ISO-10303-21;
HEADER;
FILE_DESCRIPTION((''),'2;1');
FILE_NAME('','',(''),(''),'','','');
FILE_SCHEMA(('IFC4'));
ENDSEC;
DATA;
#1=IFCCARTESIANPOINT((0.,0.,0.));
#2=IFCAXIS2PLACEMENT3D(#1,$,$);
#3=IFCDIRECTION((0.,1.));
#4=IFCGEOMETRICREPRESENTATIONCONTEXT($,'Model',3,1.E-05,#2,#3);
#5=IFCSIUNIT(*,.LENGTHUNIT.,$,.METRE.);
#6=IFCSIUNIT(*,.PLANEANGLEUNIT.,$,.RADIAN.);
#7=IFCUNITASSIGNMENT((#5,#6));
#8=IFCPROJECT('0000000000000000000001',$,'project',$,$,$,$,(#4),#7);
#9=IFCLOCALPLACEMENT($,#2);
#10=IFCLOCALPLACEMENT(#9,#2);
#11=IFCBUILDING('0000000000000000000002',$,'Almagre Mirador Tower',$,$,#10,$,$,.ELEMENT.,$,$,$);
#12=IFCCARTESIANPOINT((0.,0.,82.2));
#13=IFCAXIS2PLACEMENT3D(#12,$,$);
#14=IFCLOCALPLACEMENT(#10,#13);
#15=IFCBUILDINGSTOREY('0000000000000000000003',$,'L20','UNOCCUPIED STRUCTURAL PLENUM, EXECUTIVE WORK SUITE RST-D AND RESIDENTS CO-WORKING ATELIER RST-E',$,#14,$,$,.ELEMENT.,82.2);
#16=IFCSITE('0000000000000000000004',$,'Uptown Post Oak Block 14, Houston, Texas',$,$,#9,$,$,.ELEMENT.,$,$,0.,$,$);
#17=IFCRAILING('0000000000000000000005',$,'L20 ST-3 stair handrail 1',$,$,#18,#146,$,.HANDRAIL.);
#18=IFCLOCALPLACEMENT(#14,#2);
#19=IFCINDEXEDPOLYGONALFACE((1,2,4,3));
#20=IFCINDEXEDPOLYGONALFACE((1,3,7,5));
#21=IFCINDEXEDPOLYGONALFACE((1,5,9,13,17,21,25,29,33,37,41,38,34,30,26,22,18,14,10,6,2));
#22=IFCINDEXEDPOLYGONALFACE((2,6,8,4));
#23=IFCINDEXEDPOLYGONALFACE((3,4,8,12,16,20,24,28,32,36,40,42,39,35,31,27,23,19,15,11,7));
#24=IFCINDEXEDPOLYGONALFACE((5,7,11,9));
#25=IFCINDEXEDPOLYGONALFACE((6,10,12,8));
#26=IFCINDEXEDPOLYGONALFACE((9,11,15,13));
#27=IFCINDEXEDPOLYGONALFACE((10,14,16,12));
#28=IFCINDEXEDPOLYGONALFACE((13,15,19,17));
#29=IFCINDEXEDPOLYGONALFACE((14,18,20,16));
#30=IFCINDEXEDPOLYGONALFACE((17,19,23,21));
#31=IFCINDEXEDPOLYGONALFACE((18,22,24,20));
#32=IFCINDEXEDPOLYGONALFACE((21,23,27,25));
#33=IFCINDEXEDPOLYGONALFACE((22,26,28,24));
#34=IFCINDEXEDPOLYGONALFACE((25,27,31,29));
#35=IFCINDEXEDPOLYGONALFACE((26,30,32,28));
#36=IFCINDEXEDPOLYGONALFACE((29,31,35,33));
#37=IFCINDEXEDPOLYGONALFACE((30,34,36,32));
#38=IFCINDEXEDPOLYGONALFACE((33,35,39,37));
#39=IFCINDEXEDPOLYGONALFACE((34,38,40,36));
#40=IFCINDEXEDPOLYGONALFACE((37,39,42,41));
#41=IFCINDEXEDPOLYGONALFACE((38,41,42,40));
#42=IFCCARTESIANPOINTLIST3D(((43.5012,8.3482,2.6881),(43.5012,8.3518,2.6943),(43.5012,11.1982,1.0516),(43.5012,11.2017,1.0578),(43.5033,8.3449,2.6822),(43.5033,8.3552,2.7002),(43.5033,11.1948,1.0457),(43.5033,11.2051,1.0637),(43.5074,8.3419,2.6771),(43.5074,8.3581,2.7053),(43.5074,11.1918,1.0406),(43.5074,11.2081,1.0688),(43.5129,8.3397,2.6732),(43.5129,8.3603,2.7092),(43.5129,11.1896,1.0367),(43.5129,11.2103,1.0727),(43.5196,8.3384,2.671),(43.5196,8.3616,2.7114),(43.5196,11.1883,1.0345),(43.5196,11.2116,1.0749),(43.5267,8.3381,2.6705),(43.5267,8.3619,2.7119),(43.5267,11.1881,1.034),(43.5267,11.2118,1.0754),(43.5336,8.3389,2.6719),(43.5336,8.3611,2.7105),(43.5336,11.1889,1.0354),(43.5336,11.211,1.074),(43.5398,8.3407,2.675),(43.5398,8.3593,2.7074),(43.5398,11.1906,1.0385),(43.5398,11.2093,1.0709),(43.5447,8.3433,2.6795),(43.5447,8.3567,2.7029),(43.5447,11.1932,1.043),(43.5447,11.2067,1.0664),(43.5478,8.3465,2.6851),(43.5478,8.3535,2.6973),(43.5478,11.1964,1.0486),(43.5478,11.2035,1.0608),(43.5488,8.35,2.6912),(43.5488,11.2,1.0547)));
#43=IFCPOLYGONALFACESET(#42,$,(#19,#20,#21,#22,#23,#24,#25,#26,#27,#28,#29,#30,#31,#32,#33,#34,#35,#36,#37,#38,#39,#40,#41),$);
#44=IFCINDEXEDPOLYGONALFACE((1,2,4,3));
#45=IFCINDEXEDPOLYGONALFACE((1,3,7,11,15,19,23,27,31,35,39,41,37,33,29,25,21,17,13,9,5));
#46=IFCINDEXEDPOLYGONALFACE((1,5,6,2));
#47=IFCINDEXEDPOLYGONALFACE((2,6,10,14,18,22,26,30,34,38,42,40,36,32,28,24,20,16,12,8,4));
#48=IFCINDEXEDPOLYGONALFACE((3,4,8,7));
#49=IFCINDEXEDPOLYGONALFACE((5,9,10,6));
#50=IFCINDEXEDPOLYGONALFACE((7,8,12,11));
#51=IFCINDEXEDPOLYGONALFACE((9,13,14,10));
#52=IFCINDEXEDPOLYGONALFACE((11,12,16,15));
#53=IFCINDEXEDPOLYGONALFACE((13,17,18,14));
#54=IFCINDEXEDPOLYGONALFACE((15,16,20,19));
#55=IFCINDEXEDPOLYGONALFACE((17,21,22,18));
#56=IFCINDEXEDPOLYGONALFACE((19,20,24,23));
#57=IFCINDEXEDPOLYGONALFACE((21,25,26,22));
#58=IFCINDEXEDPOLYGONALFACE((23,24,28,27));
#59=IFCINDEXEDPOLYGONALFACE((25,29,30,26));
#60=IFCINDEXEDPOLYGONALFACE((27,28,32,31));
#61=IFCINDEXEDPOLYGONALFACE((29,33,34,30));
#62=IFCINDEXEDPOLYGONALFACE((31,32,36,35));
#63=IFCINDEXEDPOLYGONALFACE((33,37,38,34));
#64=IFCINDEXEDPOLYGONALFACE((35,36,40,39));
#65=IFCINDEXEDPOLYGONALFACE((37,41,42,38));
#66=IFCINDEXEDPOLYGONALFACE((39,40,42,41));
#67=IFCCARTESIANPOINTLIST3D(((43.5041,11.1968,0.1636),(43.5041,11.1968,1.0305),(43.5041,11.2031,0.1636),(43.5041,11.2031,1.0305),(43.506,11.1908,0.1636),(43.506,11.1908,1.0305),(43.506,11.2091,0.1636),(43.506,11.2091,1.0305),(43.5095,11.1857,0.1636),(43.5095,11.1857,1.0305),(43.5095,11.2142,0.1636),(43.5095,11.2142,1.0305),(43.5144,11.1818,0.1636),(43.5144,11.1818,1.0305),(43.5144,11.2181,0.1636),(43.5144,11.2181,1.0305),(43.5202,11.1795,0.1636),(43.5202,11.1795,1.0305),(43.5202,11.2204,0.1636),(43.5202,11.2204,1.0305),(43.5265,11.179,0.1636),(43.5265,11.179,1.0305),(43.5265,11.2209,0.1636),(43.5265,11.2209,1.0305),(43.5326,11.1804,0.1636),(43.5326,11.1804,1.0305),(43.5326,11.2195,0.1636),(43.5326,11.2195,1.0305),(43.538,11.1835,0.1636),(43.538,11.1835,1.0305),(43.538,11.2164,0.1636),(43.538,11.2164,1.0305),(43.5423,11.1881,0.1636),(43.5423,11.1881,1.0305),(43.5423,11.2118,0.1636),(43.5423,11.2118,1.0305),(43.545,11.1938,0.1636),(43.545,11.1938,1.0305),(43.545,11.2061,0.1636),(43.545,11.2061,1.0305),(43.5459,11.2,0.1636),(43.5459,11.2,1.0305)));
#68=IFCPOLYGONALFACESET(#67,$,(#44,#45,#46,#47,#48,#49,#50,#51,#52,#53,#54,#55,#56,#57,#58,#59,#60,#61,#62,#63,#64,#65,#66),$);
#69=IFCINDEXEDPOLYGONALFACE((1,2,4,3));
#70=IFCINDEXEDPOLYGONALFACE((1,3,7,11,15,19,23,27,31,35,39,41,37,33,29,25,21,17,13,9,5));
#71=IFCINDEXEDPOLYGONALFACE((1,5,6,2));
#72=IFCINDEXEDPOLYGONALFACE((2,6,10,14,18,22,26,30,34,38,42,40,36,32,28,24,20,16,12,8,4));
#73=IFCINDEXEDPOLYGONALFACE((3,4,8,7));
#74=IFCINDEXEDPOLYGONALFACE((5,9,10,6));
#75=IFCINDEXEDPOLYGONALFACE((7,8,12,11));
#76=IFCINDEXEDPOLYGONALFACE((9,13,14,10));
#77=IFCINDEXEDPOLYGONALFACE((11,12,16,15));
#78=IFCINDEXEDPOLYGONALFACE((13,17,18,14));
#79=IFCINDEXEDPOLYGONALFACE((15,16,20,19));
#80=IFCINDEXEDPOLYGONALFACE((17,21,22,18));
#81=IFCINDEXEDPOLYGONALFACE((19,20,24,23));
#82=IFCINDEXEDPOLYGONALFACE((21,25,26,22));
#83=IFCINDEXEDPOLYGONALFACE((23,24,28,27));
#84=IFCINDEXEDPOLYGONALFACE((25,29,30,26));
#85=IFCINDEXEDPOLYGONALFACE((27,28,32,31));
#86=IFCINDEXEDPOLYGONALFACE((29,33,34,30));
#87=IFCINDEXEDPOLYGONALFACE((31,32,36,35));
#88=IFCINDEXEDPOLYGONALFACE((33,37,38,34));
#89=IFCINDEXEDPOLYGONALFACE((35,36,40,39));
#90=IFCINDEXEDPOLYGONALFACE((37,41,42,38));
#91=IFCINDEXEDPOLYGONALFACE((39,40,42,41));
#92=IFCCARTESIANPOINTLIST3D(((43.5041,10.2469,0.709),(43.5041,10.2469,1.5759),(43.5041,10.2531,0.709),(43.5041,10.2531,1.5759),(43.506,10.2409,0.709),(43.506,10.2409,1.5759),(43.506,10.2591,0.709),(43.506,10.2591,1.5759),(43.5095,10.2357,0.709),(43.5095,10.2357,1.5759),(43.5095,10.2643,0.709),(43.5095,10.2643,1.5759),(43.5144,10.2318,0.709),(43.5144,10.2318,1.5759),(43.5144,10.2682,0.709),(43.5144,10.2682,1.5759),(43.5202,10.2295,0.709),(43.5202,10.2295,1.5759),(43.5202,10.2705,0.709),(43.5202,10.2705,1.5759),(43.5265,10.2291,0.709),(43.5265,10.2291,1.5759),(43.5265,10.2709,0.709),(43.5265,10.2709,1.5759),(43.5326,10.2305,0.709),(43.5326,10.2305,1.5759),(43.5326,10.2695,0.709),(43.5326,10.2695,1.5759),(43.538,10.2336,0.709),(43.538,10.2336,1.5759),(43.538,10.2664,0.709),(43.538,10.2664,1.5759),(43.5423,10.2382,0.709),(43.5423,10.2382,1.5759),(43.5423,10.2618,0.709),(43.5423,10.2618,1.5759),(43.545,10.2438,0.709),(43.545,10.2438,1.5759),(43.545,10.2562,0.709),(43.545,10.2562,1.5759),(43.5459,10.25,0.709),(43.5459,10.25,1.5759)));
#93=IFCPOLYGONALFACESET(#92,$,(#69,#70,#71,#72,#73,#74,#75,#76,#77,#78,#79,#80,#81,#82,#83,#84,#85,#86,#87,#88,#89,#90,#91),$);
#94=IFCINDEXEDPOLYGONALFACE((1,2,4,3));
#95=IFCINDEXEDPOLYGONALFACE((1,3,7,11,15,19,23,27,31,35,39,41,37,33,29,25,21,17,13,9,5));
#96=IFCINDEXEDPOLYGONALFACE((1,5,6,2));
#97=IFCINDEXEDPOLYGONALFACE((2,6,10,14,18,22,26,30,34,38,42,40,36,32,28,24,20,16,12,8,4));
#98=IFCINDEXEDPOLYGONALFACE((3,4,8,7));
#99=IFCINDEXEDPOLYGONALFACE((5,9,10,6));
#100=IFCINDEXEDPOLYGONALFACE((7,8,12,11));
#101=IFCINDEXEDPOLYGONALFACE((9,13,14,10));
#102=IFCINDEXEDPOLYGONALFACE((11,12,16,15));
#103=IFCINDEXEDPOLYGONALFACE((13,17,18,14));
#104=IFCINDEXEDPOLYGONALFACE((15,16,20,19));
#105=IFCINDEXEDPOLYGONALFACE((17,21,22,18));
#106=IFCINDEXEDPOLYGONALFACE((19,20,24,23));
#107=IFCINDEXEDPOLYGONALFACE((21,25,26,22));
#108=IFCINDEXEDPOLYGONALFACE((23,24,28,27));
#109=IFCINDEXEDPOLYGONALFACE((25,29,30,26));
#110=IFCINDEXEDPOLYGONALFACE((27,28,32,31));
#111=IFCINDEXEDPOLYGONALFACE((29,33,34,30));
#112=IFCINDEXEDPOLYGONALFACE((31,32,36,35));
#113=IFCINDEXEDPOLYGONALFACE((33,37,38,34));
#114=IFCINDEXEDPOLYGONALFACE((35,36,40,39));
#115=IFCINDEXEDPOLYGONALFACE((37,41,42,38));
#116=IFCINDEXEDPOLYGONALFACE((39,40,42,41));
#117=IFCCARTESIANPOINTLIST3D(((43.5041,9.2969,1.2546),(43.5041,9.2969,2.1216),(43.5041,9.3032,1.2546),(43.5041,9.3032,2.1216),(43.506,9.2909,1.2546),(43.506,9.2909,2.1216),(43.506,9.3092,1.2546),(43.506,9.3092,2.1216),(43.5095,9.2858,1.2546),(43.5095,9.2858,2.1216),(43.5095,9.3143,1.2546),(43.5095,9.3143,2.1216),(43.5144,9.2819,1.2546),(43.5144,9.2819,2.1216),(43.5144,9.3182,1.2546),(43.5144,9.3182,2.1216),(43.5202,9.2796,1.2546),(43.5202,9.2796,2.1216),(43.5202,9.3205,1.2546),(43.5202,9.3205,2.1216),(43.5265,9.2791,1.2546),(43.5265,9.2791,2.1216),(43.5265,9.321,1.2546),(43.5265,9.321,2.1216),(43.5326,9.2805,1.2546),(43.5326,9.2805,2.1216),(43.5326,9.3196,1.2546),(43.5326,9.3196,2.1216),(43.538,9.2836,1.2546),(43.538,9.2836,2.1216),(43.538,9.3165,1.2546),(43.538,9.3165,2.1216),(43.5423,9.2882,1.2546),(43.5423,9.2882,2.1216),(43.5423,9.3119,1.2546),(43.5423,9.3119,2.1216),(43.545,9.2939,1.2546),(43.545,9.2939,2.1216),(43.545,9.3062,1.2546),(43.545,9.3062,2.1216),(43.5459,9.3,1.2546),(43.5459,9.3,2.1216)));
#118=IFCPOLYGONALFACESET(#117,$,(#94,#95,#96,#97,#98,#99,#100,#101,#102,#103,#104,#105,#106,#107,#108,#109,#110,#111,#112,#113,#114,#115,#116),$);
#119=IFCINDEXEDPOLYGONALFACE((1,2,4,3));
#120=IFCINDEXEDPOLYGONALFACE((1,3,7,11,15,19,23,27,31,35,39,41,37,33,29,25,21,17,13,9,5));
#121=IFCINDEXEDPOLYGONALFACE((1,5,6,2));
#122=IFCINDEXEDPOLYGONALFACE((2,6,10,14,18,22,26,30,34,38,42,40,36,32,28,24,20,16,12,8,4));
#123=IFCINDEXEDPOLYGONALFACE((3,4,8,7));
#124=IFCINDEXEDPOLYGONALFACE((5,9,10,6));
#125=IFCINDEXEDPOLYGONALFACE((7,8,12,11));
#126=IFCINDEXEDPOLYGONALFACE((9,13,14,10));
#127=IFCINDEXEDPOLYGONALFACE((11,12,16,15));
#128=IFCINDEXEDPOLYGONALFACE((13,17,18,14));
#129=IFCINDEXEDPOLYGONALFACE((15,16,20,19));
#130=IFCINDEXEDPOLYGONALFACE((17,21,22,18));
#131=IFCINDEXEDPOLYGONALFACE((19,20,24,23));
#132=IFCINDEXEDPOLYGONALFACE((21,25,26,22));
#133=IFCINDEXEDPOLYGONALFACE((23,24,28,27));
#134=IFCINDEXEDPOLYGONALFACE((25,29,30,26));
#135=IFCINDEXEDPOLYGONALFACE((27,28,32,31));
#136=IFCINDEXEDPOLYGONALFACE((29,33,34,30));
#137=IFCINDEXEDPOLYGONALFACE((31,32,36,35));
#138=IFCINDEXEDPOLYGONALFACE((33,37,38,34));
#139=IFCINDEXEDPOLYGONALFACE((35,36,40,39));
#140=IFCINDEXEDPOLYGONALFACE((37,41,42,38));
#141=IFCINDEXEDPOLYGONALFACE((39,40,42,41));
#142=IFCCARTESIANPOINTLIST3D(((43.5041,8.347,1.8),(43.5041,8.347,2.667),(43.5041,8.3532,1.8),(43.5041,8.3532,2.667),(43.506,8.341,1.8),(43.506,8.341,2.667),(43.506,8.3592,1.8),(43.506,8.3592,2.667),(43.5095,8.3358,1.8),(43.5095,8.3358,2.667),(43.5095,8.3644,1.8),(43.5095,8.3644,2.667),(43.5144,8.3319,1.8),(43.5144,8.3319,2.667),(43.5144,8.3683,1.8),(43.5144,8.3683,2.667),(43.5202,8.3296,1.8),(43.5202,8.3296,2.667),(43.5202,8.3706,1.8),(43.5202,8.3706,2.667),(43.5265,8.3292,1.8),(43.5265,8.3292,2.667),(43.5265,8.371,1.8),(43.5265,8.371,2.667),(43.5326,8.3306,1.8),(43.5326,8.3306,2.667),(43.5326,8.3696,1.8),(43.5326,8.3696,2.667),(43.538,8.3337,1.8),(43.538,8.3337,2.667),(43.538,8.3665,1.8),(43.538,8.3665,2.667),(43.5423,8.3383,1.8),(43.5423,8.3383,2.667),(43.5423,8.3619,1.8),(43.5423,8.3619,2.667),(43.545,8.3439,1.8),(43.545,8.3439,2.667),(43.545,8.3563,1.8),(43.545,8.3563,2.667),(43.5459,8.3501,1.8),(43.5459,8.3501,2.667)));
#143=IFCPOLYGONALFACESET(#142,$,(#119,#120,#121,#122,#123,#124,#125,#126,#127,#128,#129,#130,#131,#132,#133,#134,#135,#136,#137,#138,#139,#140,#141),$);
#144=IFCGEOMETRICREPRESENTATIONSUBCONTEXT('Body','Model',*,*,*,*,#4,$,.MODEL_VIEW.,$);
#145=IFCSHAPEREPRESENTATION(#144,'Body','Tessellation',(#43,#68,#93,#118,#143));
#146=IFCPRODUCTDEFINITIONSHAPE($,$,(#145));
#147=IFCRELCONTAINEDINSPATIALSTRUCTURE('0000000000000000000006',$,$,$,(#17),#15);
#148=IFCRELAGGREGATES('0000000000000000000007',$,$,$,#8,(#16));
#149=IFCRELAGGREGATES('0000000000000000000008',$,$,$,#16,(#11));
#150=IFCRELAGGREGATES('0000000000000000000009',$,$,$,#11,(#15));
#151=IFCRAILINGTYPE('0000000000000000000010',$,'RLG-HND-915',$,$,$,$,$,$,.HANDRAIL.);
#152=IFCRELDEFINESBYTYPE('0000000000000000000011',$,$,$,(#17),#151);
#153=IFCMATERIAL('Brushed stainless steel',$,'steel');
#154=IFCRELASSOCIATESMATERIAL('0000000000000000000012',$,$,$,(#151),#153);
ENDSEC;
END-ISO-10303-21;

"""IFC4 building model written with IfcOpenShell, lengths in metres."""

from ifc_helpers import new_model, si_unit, direction, frame, origin, origin_2d, place, context, subcontext, project, spatial, circle, extrude, material, type_object, element, save


model = new_model("IFC4")

# Units and contexts
model_context = context("Model", 3, precision=1e-05, world=origin(), true_north=direction((0.0, 1.0)))
body_context = subcontext(model_context, "Body", "Model", "MODEL_VIEW")
ifc_project = project(units=[si_unit("LENGTHUNIT", "METRE"), si_unit("PLANEANGLEUNIT", "RADIAN")], contexts=[model_context])

# Site, building, storey
site_placement = place(None, origin())
site = spatial("IfcSite", under=ifc_project, at=site_placement, Name="Uptown Post Oak Block 14, Houston, Texas", CompositionType="ELEMENT", RefElevation=0.0)
building_placement = place(site_placement, origin())
building = spatial("IfcBuilding", under=site, at=building_placement, Name="Almagre Mirador Tower", CompositionType="ELEMENT")
storey_placement = place(building_placement, frame((0.0, 0.0, 82.2)))
storey = spatial("IfcBuildingStorey", under=building, at=storey_placement, Name="L20", Description="UNOCCUPIED STRUCTURAL PLENUM, EXECUTIVE WORK SUITE RST-D AND RESIDENTS CO-WORKING ATELIER RST-E", CompositionType="ELEMENT", Elevation=82.2)

# Railing
ifc_material_1 = material(Name="Brushed stainless steel", Category="steel")
railing_type_1 = type_object("IfcRailingType", Name="RLG-HND-915", PredefinedType="HANDRAIL", material=ifc_material_1)
railing_1_placement = place(storey_placement, frame((43.5249, 11.2, 0.1636)))
element("IfcRailing", 1, at=railing_1_placement, inside=storey, type_object=railing_type_1, Name="L20 ST-3 stair handrail 1", PredefinedType="HANDRAIL", context=body_context, shape_type="SweptSolid", body=[
    extrude(circle(Radius=0.0239, at=origin_2d()), frame((0.0, 0.0, 0.8911), z_axis=(0.0, -0.867194, 0.49797), x_axis=(1.0, 0.0, 0.0)), (0.0, 0.0, 1.0), 3.2864),
    extrude(circle(Radius=0.021, at=origin_2d()), origin(), (0.0, 0.0, 1.0), 0.8669),
    extrude(circle(Radius=0.021, at=origin_2d()), frame((0.0, -0.95, 0.5454)), (0.0, 0.0, 1.0), 0.8669),
    extrude(circle(Radius=0.021, at=origin_2d()), frame((0.0, -1.8999, 1.0911)), (0.0, 0.0, 1.0), 0.8669),
    extrude(circle(Radius=0.021, at=origin_2d()), frame((0.0, -2.8499, 1.6365)), (0.0, 0.0, 1.0), 0.8669),
])

save(model, "model.ifc")
